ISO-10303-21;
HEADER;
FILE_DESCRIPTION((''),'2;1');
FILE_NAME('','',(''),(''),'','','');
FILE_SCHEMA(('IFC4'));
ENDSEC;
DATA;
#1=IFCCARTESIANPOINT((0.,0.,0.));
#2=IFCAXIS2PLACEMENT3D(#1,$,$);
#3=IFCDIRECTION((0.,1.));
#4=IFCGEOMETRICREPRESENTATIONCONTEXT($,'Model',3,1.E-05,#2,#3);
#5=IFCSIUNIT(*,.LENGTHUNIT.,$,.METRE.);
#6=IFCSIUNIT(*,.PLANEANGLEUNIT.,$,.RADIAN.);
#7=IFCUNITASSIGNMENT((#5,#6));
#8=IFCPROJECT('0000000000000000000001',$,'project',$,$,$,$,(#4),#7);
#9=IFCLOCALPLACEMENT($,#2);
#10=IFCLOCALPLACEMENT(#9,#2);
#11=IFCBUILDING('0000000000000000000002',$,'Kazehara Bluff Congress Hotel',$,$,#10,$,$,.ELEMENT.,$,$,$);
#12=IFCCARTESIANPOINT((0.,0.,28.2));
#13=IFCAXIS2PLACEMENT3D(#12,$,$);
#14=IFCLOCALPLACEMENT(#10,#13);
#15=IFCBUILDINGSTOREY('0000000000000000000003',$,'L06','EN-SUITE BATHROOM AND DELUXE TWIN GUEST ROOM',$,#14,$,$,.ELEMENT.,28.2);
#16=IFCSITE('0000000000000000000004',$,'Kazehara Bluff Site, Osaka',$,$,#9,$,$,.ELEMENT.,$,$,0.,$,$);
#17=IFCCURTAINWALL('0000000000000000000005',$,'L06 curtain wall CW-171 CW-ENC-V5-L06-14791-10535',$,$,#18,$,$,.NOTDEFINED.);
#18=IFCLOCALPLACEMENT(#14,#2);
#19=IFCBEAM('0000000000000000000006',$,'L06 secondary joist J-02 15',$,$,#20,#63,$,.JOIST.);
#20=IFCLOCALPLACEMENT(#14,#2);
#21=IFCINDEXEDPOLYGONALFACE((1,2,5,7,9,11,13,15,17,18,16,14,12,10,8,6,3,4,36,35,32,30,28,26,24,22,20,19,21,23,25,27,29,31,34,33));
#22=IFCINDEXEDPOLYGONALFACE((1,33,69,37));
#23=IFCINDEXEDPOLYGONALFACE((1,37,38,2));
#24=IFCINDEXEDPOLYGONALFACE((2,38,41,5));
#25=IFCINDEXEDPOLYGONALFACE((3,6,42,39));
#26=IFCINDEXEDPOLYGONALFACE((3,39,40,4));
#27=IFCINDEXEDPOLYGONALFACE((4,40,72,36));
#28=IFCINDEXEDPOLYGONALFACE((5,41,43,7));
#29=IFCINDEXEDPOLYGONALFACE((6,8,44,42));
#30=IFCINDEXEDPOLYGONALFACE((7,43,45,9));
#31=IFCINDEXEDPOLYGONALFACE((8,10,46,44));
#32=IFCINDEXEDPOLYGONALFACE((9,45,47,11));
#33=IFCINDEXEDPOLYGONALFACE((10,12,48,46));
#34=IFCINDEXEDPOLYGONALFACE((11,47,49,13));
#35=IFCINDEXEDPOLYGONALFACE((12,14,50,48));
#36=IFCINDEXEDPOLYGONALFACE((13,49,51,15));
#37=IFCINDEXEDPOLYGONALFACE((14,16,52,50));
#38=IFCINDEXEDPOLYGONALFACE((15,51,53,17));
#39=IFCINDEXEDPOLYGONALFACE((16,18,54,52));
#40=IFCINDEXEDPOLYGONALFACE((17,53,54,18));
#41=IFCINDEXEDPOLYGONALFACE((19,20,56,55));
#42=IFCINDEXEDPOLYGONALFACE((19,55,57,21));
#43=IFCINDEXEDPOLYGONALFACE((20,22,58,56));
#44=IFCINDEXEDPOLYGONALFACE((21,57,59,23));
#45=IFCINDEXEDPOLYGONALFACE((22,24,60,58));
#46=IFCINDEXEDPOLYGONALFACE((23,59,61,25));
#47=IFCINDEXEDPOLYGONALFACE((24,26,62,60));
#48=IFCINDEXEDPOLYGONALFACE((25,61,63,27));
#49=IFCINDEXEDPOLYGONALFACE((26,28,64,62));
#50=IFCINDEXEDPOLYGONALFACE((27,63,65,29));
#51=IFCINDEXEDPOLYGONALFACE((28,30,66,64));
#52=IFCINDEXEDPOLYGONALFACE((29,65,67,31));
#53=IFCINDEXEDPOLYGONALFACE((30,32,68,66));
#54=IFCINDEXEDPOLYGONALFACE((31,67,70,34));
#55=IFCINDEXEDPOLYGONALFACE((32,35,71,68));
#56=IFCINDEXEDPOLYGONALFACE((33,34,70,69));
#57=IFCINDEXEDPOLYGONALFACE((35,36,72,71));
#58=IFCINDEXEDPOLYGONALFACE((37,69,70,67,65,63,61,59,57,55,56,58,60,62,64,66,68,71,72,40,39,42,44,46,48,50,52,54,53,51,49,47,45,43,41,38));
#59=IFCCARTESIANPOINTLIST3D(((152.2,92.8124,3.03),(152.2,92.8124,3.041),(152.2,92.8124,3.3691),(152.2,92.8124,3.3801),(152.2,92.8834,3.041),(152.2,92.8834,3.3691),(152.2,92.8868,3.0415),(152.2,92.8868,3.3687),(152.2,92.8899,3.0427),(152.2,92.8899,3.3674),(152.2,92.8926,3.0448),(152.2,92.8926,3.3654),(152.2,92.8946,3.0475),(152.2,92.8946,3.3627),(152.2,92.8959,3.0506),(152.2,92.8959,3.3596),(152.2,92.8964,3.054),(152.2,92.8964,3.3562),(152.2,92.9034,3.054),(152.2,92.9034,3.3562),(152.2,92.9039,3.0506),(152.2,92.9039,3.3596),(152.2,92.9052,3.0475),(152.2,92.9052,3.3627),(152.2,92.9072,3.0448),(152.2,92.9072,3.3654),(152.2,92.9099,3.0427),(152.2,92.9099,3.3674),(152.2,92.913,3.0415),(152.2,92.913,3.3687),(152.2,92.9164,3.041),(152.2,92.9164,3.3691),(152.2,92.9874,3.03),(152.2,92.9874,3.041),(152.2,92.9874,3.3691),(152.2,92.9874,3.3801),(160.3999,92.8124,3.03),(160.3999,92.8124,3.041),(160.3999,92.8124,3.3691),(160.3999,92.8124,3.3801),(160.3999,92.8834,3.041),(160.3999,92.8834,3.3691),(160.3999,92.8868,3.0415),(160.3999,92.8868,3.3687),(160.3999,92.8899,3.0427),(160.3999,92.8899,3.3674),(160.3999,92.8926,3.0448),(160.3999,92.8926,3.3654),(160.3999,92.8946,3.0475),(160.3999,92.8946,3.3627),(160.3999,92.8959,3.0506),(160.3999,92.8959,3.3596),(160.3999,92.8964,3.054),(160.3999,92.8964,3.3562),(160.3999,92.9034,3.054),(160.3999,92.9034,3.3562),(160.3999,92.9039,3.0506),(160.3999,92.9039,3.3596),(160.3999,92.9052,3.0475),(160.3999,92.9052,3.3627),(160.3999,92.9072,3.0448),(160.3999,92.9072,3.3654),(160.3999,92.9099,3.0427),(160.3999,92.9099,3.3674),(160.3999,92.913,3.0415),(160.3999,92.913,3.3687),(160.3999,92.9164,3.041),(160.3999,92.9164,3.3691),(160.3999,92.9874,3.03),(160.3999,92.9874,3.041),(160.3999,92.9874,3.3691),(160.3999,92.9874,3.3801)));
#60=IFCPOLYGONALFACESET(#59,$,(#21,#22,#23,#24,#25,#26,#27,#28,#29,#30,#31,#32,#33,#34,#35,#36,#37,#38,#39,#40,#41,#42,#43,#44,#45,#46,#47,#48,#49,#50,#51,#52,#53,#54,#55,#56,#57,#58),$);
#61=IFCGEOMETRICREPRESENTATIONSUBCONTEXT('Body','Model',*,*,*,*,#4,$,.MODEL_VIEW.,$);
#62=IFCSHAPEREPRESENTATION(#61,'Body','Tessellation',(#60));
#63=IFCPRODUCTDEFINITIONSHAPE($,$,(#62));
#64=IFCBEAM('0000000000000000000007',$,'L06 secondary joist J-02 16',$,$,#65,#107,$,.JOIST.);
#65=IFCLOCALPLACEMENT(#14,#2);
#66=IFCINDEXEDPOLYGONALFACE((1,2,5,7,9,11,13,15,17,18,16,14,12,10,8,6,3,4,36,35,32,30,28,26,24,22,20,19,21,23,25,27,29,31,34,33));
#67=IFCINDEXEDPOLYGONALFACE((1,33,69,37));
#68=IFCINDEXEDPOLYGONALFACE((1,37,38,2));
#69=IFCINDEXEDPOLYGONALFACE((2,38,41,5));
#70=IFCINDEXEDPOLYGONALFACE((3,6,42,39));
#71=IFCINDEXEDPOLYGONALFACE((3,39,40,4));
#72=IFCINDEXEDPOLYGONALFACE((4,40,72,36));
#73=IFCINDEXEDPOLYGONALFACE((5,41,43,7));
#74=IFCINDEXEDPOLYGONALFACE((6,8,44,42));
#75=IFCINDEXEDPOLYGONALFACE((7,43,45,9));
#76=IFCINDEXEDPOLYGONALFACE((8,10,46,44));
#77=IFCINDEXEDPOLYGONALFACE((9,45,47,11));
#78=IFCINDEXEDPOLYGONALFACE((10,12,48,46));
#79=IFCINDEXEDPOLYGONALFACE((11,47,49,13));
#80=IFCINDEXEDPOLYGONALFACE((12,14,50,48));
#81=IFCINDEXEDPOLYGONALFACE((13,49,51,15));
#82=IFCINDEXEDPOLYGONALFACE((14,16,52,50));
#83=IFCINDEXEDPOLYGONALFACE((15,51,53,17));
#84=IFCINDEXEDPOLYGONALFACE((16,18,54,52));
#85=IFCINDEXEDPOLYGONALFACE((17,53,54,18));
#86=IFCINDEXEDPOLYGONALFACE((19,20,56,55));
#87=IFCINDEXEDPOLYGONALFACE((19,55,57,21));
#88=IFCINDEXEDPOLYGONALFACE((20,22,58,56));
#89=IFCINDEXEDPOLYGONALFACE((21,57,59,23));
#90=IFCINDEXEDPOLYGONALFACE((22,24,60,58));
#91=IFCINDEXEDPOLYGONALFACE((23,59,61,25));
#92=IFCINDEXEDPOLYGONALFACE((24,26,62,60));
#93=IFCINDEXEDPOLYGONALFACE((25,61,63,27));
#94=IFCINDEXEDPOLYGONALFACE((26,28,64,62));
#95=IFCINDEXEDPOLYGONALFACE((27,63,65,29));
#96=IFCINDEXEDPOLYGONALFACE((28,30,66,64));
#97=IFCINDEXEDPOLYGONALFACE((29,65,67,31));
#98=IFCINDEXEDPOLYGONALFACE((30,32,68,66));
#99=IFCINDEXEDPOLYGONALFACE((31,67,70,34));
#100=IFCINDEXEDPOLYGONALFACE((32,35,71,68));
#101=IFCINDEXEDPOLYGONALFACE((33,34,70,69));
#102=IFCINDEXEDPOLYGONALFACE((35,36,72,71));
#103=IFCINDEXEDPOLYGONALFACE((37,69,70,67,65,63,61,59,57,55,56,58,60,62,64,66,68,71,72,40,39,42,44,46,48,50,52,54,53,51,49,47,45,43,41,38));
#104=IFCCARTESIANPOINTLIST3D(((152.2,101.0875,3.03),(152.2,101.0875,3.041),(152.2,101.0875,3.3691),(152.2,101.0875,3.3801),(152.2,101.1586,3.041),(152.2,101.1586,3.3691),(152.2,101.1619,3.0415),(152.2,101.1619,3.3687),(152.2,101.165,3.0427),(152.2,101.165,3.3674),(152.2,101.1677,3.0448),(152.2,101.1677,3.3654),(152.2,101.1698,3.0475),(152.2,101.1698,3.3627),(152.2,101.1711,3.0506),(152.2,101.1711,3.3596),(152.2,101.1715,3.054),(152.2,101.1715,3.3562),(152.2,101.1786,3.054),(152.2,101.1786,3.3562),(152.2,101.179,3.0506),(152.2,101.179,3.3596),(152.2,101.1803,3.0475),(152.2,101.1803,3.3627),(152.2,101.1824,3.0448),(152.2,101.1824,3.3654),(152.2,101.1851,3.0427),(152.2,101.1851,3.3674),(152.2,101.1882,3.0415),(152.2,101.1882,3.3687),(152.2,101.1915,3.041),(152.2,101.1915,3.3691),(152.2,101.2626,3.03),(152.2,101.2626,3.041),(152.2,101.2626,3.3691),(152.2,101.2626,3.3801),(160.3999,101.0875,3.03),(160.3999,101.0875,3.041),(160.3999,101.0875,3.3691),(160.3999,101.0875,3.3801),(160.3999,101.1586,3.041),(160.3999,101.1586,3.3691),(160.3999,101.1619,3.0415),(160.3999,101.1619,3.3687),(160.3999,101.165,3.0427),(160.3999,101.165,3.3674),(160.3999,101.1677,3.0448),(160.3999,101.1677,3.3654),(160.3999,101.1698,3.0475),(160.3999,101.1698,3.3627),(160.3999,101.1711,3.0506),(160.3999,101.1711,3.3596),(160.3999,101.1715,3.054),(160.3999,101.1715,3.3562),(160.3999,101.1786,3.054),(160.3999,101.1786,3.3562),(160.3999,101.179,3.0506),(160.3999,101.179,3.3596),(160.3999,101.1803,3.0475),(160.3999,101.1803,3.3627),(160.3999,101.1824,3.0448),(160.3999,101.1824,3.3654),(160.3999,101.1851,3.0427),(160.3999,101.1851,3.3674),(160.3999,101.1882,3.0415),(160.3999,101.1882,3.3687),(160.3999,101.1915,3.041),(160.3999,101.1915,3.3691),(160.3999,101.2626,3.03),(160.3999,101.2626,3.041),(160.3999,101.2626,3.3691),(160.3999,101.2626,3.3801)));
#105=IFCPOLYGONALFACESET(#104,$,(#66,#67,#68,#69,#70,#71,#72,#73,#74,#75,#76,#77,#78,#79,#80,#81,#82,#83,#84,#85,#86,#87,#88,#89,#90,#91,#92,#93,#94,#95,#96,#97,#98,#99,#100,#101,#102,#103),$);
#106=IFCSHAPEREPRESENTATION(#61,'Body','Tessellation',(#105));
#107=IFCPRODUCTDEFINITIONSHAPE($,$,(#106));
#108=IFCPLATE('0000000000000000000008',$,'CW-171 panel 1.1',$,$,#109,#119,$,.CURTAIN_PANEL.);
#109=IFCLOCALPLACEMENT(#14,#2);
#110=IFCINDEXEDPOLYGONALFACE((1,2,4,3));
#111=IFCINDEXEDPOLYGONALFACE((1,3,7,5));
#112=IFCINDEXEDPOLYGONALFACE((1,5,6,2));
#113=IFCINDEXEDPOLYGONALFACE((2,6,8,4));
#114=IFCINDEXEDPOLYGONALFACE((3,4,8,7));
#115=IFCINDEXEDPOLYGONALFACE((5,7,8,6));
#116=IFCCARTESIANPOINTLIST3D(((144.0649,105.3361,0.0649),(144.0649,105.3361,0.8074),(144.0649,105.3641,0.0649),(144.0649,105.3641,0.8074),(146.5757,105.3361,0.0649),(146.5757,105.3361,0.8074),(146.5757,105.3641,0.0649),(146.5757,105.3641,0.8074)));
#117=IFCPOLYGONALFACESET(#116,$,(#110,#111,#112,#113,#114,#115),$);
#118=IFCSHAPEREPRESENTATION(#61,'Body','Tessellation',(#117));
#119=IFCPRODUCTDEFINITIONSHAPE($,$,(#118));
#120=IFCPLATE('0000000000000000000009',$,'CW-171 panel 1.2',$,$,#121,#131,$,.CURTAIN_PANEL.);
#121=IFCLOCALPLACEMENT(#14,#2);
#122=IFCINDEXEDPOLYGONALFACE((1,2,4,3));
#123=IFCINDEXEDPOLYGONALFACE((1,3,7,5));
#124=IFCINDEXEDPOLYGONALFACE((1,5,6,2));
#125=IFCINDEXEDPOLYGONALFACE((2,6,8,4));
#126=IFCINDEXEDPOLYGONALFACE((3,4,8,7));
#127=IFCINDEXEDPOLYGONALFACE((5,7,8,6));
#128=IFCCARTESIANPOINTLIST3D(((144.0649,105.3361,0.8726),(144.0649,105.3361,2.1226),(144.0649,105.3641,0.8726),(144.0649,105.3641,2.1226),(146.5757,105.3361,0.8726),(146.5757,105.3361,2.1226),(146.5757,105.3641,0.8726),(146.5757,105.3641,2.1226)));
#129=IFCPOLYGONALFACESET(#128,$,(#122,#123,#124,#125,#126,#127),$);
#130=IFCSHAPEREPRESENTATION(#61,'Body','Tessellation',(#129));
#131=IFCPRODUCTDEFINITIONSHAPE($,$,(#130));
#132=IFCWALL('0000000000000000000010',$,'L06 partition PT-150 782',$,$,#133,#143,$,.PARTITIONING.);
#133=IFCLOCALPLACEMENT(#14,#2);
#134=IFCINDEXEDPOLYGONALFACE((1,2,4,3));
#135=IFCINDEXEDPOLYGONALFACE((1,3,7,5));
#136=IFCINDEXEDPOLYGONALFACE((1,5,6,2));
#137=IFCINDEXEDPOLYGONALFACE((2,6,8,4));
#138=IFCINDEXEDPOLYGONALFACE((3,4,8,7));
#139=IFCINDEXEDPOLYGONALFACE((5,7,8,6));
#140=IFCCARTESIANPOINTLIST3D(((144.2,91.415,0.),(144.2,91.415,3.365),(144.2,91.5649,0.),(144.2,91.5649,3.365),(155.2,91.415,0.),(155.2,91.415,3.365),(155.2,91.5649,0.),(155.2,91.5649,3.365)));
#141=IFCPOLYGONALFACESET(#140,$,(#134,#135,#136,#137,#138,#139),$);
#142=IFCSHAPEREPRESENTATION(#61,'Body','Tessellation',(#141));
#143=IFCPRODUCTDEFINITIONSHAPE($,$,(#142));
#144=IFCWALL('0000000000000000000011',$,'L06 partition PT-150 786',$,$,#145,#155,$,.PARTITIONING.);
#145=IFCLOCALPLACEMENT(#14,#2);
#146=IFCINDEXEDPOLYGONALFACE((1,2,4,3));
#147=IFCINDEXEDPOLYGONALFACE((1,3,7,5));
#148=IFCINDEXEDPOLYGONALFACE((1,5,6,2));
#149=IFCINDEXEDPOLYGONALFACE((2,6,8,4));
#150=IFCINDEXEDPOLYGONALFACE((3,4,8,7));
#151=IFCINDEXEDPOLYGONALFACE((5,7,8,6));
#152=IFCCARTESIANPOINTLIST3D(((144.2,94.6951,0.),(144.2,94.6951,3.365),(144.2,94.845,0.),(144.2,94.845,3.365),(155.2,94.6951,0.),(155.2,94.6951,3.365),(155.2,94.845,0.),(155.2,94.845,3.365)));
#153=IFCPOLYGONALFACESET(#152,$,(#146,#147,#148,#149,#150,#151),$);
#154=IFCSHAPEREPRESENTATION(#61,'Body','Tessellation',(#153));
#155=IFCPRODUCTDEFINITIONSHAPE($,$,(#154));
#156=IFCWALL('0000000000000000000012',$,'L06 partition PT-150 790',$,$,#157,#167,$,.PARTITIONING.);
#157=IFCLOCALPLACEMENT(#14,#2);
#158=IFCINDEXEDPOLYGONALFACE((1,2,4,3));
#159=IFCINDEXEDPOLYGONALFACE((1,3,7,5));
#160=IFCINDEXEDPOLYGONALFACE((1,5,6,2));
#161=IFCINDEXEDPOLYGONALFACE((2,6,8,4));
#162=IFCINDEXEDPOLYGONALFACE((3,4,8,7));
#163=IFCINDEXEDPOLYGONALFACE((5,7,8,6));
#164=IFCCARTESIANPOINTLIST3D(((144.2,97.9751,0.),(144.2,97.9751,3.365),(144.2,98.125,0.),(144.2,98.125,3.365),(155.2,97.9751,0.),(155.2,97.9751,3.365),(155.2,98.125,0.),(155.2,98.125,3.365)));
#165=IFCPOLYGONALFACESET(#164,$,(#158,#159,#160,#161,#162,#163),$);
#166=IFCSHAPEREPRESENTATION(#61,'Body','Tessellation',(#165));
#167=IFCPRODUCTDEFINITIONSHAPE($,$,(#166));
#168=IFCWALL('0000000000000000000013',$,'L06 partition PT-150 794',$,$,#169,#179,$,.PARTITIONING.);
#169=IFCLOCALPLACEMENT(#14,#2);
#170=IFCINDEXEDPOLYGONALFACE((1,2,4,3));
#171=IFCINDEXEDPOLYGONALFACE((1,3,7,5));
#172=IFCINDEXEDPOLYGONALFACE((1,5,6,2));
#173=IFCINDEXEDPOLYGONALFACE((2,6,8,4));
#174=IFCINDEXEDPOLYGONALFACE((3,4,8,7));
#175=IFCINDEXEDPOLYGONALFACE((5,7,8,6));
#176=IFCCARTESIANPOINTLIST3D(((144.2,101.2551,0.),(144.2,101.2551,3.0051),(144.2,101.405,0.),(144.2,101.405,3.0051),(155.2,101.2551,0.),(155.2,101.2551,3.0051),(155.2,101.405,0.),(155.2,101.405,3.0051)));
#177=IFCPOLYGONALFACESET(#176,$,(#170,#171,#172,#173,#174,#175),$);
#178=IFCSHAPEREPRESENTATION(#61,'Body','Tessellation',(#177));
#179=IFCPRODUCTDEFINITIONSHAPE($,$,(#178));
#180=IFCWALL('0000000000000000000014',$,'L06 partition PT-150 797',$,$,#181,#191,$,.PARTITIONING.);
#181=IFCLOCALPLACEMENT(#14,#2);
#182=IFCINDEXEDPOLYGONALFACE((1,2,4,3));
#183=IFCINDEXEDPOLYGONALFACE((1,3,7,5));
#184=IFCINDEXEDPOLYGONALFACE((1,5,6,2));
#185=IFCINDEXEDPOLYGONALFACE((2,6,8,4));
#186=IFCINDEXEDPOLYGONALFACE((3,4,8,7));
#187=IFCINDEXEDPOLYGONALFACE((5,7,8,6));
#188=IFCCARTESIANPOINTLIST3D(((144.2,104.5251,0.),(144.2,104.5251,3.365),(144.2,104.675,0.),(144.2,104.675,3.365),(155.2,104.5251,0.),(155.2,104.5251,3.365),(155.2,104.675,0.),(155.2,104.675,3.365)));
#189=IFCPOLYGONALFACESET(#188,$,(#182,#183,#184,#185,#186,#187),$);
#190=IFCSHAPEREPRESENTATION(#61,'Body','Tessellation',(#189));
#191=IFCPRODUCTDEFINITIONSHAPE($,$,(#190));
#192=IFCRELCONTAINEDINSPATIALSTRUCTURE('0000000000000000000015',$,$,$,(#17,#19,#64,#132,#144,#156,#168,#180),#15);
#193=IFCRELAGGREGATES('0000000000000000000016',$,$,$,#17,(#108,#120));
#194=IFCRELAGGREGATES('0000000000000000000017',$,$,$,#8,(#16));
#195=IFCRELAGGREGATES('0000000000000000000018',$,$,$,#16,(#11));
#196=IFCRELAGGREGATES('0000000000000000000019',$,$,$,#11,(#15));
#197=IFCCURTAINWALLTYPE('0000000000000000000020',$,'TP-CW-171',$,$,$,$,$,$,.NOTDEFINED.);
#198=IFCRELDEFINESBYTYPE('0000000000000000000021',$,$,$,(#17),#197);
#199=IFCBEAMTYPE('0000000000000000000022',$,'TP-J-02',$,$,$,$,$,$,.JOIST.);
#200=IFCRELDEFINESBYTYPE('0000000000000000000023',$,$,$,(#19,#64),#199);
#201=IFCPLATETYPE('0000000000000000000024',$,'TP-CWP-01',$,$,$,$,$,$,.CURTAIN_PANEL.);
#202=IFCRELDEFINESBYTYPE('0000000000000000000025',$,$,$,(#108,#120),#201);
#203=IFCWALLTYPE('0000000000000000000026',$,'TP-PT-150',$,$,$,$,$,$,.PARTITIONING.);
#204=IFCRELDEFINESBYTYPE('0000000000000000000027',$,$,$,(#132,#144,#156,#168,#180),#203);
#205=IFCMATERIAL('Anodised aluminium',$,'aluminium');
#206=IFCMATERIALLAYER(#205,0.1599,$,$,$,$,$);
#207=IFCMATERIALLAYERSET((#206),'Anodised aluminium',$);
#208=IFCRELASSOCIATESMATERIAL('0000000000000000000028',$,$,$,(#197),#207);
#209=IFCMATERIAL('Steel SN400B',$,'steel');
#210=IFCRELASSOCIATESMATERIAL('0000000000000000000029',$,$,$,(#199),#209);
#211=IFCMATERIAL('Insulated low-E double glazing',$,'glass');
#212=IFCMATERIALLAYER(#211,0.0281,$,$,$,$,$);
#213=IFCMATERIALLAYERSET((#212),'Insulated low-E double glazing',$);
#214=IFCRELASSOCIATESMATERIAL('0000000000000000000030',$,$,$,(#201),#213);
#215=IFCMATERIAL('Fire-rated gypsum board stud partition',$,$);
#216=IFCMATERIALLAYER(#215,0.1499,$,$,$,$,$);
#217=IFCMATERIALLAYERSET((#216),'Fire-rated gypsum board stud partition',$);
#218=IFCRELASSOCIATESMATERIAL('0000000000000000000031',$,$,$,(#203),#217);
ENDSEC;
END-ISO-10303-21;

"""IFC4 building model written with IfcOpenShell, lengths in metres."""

from ifc_helpers import new_model, si_unit, direction, frame, frame_2d, origin, origin_2d, place, context, subcontext, project, spatial, rectangle, i_section, extrude, material, layer, layer_set, material_profile, profile_set, type_object, element, aggregate, save


model = new_model("IFC4")

# Units and contexts
model_context = context("Model", 3, precision=1e-05, world=origin(), true_north=direction((0.0, 1.0)))
body_context = subcontext(model_context, "Body", "Model", "MODEL_VIEW")
ifc_project = project(units=[si_unit("LENGTHUNIT", "METRE"), si_unit("PLANEANGLEUNIT", "RADIAN")], contexts=[model_context])

# Site, building, storey
site_placement = place(None, origin())
site = spatial("IfcSite", under=ifc_project, at=site_placement, Name="Kazehara Bluff Site, Osaka", CompositionType="ELEMENT", RefElevation=0.0)
building_placement = place(site_placement, origin())
building = spatial("IfcBuilding", under=site, at=building_placement, Name="Kazehara Bluff Congress Hotel", CompositionType="ELEMENT")
storey_placement = place(building_placement, frame((0.0, 0.0, 28.2)))
storey = spatial("IfcBuildingStorey", under=building, at=storey_placement, Name="L06", Description="EN-SUITE BATHROOM AND DELUXE TWIN GUEST ROOM", CompositionType="ELEMENT", Elevation=28.2)

# Curtain wall
ifc_material_1 = material(Name="Anodised aluminium", Category="aluminium")
ifc_layer_1 = layer(ifc_material_1, 0.1599)
ifc_layer_set_1 = layer_set([ifc_layer_1], Name="Anodised aluminium")
curtain_wall_type = type_object("IfcCurtainWallType", Name="TP-CW-171", PredefinedType="NOTDEFINED", material=ifc_layer_set_1)
curtain_wall_placement = place(storey_placement, origin())
curtain_wall = element("IfcCurtainWall", 1, at=curtain_wall_placement, inside=storey, type_object=curtain_wall_type, Name="L06 curtain wall CW-171 CW-ENC-V5-L06-14791-10535", PredefinedType="NOTDEFINED")

# Beams
ifc_material_2 = material(Name="Steel SN400B", Category="steel")
ifc_material_profile_1 = material_profile(ifc_material_2, i_section(OverallWidth=0.175, OverallDepth=0.3501, WebThickness=0.0071, FlangeThickness=0.011, FilletRadius=0.0129, at=origin_2d()))
ifc_profile_set_1 = profile_set([ifc_material_profile_1], Name="Steel SN400B")
beam_type_1 = type_object("IfcBeamType", Name="TP-J-02", PredefinedType="JOIST", material=ifc_profile_set_1)
for number, where, z_axis, x_axis, name in (
    (2, (152.2, 92.8999, 3.2051), (1.0, 0.0, 0.0), (0.0, 1.0, 0.0), "L06 secondary joist J-02 15"),
    (3, (152.2, 101.175, 3.2051), (1.0, 0.0, 0.0), (0.0, 1.0, 0.0), "L06 secondary joist J-02 16"),
):
    element("IfcBeam", number, at=place(storey_placement, frame(where, z_axis=z_axis, x_axis=x_axis)), inside=storey, type_object=beam_type_1, Name=name, PredefinedType="JOIST", context=body_context, shape_type="SweptSolid", body=[
        extrude(i_section(OverallWidth=0.175, OverallDepth=0.3501, WebThickness=0.0071, FlangeThickness=0.011, FilletRadius=0.0129, at=origin_2d()), origin(), (0.0, 0.0, 1.0), 8.2),
    ])

# Plates
ifc_material_3 = material(Name="Insulated low-E double glazing", Category="glass")
ifc_layer_2 = layer(ifc_material_3, 0.0281)
ifc_layer_set_2 = layer_set([ifc_layer_2], Name="Insulated low-E double glazing")
plate_type = type_object("IfcPlateType", Name="TP-CWP-01", PredefinedType="CURTAIN_PANEL", material=ifc_layer_set_2)
plate_1_placement = place(storey_placement, frame((145.3203, 105.3501, 0.0649), z_axis=(0.0, 0.0, 1.0), x_axis=(1.0, 0.0, 0.0)))
plate_1 = element("IfcPlate", 4, at=plate_1_placement, type_object=plate_type, Name="CW-171 panel 1.1", PredefinedType="CURTAIN_PANEL", context=body_context, shape_type="SweptSolid", body=[
    extrude(rectangle(XDim=2.5107, YDim=0.0281, at=origin_2d()), origin(), (0.0, 0.0, 1.0), 0.7424),
])
plate_2_placement = place(storey_placement, frame((145.3203, 105.3501, 0.8726), z_axis=(0.0, 0.0, 1.0), x_axis=(1.0, 0.0, 0.0)))
plate_2 = element("IfcPlate", 5, at=plate_2_placement, type_object=plate_type, Name="CW-171 panel 1.2", PredefinedType="CURTAIN_PANEL", context=body_context, shape_type="SweptSolid", body=[
    extrude(rectangle(XDim=2.5107, YDim=0.0281, at=origin_2d()), origin(), (0.0, 0.0, 1.0), 1.25),
])
aggregate(curtain_wall, [plate_1, plate_2])

# Walls
ifc_material_4 = material(Name="Fire-rated gypsum board stud partition")
ifc_layer_3 = layer(ifc_material_4, 0.1499)
ifc_layer_set_3 = layer_set([ifc_layer_3], Name="Fire-rated gypsum board stud partition")
wall_type = type_object("IfcWallType", Name="TP-PT-150", PredefinedType="PARTITIONING", material=ifc_layer_set_3)
for number, where, z_axis, x_axis, name in (
    (6, (144.2, 91.49, 0.0), (0.0, 0.0, 1.0), (1.0, 0.0, 0.0), "L06 partition PT-150 782"),
    (7, (144.2, 94.77, 0.0), (0.0, 0.0, 1.0), (1.0, 0.0, 0.0), "L06 partition PT-150 786"),
    (8, (144.2, 98.05, 0.0), (0.0, 0.0, 1.0), (1.0, 0.0, 0.0), "L06 partition PT-150 790"),
):
    element("IfcWall", number, at=place(storey_placement, frame(where, z_axis=z_axis, x_axis=x_axis)), inside=storey, type_object=wall_type, Name=name, PredefinedType="PARTITIONING", context=body_context, shape_type="SweptSolid", body=[
        extrude(rectangle(XDim=11.0, YDim=0.1499, at=frame_2d((5.5, 0.0))), origin(), (0.0, 0.0, 1.0), 3.365),
    ])
wall_1_placement = place(storey_placement, frame((144.2, 101.3301, 0.0), z_axis=(0.0, 0.0, 1.0), x_axis=(1.0, 0.0, 0.0)))
element("IfcWall", 9, at=wall_1_placement, inside=storey, type_object=wall_type, Name="L06 partition PT-150 794", PredefinedType="PARTITIONING", context=body_context, shape_type="SweptSolid", body=[
    extrude(rectangle(XDim=11.0, YDim=0.1499, at=frame_2d((5.5, 0.0))), origin(), (0.0, 0.0, 1.0), 3.0051),
])
wall_2_placement = place(storey_placement, frame((144.2, 104.6001, 0.0), z_axis=(0.0, 0.0, 1.0), x_axis=(1.0, 0.0, 0.0)))
element("IfcWall", 10, at=wall_2_placement, inside=storey, type_object=wall_type, Name="L06 partition PT-150 797", PredefinedType="PARTITIONING", context=body_context, shape_type="SweptSolid", body=[
    extrude(rectangle(XDim=11.0, YDim=0.1499, at=frame_2d((5.5, 0.0))), origin(), (0.0, 0.0, 1.0), 3.365),
])

save(model, "model.ifc")
